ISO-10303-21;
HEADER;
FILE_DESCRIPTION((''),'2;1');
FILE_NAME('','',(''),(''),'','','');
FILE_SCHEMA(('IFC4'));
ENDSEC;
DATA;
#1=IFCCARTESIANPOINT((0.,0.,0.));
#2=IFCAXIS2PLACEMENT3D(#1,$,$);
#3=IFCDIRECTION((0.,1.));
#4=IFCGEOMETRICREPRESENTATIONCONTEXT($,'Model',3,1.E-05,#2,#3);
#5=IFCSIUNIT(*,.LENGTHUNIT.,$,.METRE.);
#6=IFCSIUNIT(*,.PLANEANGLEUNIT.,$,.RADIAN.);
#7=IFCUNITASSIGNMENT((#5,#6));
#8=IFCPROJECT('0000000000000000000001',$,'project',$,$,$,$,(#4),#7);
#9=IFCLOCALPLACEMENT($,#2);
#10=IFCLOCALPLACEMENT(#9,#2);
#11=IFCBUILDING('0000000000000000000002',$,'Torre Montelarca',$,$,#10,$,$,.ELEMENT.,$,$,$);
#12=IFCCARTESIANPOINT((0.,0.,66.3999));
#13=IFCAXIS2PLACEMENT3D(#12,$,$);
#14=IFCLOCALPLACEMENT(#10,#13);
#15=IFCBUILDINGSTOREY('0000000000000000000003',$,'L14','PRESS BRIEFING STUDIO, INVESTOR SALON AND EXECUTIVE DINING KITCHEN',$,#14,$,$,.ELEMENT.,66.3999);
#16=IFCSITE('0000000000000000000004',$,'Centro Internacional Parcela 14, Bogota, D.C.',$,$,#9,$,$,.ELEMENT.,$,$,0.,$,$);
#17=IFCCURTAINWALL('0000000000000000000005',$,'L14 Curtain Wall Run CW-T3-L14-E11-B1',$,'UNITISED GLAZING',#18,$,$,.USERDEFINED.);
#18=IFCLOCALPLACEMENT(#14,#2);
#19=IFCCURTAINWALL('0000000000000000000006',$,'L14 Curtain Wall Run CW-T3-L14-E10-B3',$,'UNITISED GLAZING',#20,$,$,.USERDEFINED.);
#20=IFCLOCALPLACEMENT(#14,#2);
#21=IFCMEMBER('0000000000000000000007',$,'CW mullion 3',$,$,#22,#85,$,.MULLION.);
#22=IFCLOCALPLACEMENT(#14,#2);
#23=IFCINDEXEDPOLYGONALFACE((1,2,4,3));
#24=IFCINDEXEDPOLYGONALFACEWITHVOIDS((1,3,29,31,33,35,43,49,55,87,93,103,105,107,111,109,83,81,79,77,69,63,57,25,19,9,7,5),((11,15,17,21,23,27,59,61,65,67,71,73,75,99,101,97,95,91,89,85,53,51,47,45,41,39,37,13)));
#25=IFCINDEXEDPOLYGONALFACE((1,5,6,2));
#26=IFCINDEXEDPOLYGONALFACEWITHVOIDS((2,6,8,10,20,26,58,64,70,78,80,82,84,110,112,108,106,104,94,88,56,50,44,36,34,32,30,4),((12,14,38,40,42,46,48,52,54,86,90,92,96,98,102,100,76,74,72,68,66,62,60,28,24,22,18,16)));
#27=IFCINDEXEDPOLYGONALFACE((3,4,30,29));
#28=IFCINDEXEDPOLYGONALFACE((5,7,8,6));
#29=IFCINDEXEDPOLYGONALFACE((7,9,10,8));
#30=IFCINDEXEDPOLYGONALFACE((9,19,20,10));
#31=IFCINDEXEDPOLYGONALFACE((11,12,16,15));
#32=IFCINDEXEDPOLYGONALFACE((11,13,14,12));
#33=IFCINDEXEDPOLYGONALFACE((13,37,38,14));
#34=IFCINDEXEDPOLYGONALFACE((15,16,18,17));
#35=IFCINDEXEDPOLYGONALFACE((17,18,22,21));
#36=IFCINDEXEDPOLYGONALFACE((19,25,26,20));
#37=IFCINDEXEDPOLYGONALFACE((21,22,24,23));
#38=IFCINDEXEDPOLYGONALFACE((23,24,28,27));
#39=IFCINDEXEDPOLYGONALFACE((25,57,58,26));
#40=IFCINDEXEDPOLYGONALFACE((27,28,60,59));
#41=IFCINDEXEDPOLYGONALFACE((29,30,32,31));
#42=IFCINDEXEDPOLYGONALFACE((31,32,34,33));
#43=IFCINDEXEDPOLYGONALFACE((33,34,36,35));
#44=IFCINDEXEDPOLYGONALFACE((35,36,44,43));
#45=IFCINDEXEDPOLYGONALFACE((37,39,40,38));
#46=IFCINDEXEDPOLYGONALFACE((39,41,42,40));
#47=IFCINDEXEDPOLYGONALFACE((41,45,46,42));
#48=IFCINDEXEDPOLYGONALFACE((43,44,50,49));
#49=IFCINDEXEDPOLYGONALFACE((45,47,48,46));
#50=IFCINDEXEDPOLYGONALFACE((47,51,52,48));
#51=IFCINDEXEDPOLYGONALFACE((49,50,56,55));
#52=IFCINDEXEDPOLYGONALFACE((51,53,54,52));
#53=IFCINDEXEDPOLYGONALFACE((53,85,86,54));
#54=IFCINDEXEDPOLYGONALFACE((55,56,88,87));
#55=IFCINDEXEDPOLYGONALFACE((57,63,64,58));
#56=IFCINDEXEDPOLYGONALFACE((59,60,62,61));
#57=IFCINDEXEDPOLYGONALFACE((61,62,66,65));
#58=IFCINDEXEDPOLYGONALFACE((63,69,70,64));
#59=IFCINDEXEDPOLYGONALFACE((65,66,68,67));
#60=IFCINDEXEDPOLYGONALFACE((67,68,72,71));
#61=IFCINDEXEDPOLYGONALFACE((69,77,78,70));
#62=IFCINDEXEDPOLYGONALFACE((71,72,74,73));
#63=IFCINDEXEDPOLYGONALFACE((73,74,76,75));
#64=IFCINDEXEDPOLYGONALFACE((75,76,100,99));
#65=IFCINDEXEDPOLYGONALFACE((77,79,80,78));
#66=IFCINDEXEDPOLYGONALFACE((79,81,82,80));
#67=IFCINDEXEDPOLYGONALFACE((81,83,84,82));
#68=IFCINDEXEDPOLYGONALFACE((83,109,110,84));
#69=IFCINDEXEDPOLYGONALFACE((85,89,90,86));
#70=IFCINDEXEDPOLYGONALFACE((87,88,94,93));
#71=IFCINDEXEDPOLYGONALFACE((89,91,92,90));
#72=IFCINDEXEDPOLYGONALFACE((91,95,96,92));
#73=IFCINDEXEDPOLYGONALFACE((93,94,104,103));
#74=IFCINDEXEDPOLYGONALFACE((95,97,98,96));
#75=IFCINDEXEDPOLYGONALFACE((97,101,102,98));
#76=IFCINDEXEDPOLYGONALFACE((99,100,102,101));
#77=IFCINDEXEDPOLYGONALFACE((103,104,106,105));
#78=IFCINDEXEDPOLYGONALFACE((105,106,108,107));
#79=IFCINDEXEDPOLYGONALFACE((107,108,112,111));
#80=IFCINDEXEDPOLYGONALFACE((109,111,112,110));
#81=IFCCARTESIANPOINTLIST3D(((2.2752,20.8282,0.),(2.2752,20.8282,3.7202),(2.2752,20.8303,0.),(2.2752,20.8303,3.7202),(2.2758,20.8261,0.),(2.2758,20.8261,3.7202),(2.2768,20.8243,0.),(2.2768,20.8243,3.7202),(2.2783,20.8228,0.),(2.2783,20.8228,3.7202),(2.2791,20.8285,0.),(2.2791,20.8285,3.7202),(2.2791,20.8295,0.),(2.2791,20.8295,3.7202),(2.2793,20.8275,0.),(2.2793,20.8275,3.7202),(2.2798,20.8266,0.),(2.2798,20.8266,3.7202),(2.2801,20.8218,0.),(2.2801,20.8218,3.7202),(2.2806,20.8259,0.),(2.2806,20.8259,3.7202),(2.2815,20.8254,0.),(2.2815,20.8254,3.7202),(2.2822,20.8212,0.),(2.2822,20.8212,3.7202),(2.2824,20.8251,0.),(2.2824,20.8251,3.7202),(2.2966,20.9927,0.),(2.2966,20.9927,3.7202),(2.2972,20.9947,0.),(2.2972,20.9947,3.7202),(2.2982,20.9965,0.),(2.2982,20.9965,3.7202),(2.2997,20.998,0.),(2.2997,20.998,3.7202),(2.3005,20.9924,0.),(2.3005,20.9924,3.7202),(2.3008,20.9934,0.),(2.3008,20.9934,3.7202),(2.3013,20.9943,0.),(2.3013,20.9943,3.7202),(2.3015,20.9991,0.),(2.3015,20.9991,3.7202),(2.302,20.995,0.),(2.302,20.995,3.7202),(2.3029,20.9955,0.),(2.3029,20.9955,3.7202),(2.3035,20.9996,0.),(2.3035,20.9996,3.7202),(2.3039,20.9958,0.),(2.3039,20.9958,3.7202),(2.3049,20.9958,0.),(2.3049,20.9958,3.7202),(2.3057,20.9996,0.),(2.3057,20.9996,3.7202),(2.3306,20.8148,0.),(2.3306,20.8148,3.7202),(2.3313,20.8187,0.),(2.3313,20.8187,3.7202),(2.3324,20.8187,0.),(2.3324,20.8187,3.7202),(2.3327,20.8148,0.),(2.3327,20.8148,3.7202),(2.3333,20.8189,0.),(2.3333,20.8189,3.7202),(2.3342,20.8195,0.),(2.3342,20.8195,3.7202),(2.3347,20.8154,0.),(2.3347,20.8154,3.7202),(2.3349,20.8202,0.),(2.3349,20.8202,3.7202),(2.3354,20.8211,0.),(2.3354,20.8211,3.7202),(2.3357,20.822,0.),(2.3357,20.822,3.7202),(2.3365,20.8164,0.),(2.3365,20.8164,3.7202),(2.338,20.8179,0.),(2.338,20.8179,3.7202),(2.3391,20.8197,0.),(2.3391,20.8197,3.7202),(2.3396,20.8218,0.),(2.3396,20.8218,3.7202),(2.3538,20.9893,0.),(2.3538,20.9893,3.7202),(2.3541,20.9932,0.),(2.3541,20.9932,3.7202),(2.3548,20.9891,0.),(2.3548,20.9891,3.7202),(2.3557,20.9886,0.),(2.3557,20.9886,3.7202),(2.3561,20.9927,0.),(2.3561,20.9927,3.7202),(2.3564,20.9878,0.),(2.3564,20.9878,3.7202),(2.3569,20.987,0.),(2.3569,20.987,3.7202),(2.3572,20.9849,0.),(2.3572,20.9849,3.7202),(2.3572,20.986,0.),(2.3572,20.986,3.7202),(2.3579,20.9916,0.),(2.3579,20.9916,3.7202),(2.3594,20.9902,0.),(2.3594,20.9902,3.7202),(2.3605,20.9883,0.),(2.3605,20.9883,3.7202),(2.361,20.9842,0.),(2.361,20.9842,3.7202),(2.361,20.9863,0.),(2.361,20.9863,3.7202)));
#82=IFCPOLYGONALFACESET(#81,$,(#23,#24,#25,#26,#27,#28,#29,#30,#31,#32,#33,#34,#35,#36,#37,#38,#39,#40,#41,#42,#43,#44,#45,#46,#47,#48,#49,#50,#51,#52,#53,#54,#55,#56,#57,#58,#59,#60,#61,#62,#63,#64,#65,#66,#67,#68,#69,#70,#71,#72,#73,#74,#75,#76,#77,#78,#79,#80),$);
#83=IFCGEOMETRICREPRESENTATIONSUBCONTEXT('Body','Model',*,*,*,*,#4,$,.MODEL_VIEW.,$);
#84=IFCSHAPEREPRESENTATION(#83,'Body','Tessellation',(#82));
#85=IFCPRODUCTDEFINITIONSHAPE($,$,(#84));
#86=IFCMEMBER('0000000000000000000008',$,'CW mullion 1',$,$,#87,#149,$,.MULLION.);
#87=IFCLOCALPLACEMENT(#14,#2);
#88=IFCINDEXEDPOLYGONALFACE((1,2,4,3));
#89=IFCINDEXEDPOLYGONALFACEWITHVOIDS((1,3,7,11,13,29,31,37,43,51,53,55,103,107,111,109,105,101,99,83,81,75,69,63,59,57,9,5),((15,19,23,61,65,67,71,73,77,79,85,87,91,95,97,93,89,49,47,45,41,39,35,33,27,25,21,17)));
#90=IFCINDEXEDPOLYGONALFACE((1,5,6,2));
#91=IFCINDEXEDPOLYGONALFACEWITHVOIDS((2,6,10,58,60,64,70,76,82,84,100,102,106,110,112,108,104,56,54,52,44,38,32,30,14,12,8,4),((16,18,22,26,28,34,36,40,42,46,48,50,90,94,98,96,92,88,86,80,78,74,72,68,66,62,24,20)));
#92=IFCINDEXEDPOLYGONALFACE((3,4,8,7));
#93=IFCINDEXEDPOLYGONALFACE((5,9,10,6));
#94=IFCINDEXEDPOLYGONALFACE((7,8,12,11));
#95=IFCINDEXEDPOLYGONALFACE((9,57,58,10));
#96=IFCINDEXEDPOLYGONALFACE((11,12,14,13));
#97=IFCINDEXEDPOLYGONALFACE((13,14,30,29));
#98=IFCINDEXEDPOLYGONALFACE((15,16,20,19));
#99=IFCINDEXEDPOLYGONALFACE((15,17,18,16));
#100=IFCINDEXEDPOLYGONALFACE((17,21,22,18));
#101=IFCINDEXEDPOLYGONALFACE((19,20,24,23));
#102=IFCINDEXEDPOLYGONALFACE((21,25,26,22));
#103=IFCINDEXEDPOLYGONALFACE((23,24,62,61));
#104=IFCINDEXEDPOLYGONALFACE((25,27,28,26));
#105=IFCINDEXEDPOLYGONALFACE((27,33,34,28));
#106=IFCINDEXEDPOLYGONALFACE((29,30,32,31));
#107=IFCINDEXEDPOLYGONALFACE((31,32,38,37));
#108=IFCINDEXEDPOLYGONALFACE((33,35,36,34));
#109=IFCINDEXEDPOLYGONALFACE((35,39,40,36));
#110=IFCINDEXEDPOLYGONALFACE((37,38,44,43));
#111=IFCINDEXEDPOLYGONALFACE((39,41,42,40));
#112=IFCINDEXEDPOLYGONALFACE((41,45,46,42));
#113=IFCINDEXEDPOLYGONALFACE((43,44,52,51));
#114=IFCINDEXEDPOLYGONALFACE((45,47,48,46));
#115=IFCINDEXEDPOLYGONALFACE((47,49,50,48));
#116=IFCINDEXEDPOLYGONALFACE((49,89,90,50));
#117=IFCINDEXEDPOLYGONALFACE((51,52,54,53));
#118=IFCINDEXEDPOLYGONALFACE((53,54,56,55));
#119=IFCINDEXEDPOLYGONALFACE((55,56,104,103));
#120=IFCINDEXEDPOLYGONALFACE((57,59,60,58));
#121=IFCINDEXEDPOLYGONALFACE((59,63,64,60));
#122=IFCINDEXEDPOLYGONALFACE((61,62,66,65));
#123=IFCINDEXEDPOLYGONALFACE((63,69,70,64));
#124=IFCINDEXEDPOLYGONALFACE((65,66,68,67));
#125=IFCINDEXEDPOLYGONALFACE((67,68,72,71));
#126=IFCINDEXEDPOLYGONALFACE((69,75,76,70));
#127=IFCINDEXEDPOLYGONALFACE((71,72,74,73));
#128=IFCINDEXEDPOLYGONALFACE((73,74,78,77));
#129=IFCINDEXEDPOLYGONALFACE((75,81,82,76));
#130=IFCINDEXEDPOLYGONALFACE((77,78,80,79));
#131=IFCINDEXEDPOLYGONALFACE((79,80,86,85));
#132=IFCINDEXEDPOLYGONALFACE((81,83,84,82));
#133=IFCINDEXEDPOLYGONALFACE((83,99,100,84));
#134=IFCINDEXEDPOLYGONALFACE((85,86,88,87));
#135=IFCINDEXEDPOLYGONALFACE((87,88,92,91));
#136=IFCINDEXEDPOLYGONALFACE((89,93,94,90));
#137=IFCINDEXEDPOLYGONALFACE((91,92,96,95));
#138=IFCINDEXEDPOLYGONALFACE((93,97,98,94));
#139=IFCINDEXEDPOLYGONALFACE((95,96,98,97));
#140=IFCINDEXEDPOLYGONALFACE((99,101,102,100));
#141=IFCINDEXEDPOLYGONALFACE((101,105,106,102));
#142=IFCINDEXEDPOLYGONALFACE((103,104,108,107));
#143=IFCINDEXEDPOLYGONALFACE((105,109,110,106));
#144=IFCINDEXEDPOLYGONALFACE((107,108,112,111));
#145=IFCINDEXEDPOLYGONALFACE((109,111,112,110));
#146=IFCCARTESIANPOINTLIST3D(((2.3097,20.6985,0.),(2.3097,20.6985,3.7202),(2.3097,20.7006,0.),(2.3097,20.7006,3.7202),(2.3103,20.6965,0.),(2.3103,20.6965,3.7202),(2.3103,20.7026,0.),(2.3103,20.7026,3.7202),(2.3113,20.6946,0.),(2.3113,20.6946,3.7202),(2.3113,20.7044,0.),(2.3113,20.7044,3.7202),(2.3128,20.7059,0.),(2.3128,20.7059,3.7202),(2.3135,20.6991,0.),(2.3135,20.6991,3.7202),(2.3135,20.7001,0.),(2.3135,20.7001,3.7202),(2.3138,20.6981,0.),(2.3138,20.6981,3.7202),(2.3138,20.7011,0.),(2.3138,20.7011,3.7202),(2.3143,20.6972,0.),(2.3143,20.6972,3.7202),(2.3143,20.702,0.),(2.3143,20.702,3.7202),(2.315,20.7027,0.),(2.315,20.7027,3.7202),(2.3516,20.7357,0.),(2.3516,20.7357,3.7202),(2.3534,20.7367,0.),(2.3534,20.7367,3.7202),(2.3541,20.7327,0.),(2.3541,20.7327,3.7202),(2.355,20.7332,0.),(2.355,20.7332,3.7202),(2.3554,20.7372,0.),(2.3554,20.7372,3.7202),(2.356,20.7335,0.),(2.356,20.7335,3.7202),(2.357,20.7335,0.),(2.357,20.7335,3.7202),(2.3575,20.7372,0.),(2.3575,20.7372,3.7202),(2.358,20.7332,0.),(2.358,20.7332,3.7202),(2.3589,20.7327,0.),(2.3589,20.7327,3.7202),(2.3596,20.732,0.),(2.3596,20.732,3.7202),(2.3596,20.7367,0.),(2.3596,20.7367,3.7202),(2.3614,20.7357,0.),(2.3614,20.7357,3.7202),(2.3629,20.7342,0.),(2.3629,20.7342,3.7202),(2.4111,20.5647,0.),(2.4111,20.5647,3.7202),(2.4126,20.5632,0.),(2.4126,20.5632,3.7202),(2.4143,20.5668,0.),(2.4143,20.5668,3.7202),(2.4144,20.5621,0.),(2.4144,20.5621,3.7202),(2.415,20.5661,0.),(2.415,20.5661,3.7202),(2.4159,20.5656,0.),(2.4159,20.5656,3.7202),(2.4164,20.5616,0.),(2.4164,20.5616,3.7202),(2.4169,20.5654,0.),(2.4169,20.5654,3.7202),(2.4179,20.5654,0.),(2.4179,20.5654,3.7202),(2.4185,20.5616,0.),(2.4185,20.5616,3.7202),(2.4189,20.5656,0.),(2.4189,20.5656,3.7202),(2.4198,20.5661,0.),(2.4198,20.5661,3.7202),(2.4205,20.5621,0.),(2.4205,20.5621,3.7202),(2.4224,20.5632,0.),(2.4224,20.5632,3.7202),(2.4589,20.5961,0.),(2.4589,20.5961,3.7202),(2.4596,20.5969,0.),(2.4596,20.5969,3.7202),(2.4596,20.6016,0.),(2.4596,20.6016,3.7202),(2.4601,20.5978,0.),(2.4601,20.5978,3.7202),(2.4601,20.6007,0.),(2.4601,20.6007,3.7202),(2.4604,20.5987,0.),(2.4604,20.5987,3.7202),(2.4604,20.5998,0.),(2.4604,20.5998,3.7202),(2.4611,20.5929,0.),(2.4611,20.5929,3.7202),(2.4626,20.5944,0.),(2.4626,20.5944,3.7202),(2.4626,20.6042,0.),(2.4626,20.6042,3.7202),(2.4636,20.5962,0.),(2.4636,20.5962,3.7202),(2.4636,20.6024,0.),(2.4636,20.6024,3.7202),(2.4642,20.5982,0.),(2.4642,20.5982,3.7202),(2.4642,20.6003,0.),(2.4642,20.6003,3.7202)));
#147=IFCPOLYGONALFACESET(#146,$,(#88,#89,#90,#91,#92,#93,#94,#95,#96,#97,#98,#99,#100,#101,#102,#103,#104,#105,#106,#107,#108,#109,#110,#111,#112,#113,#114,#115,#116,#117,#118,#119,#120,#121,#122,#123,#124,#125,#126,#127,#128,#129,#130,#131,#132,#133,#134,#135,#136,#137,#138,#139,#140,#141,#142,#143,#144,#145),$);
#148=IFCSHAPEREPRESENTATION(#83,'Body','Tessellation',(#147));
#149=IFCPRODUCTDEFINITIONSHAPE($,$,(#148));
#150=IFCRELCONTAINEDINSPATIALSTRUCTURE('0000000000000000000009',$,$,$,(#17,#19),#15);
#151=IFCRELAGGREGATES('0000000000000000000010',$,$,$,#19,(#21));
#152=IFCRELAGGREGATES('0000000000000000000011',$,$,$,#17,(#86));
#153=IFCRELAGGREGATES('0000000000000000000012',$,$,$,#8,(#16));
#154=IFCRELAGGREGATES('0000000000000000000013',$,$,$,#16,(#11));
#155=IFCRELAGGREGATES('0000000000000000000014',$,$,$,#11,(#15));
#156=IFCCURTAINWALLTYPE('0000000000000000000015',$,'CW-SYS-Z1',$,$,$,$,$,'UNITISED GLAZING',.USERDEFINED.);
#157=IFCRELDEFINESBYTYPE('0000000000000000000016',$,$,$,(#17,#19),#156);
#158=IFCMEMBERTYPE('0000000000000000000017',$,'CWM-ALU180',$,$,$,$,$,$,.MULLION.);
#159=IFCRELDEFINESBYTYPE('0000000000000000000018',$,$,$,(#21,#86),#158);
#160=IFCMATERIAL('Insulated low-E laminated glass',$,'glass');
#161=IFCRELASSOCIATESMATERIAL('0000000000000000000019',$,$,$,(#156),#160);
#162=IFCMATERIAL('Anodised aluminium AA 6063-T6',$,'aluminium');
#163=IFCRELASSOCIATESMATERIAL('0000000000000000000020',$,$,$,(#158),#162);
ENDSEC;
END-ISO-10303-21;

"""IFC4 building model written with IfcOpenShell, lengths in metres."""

from ifc_helpers import new_model, si_unit, direction, frame, origin, origin_2d, place, context, subcontext, project, spatial, hollow_rectangle, extrude, source, transform, mapped, material, material_profile, profile_set, type_object, element, aggregate, save


model = new_model("IFC4")

# Units and contexts
model_context = context("Model", 3, precision=1e-05, world=origin(), true_north=direction((0.0, 1.0)))
body_context = subcontext(model_context, "Body", "Model", "MODEL_VIEW")
ifc_project = project(units=[si_unit("LENGTHUNIT", "METRE"), si_unit("PLANEANGLEUNIT", "RADIAN")], contexts=[model_context])

# Site, building, storey
site_placement = place(None, origin())
site = spatial("IfcSite", under=ifc_project, at=site_placement, Name="Centro Internacional Parcela 14, Bogota, D.C.", CompositionType="ELEMENT", RefElevation=0.0)
building_placement = place(site_placement, origin())
building = spatial("IfcBuilding", under=site, at=building_placement, Name="Torre Montelarca", CompositionType="ELEMENT")
storey_placement = place(building_placement, frame((0.0, 0.0, 66.3999)))
storey = spatial("IfcBuildingStorey", under=building, at=storey_placement, Name="L14", Description="PRESS BRIEFING STUDIO, INVESTOR SALON AND EXECUTIVE DINING KITCHEN", CompositionType="ELEMENT", Elevation=66.3999)

# Curtain walls, member
ifc_material_1 = material(Name="Insulated low-E laminated glass", Category="glass")
curtain_wall_type = type_object("IfcCurtainWallType", Name="CW-SYS-Z1", ElementType="UNITISED GLAZING", PredefinedType="USERDEFINED", material=ifc_material_1)
curtain_wall_1_placement = place(storey_placement, origin())
curtain_wall_1 = element("IfcCurtainWall", 1, at=curtain_wall_1_placement, inside=storey, type_object=curtain_wall_type, Name="L14 Curtain Wall Run CW-T3-L14-E11-B1", ObjectType="UNITISED GLAZING", PredefinedType="USERDEFINED")
ifc_material_2 = material(Name="Anodised aluminium AA 6063-T6", Category="aluminium")
curtain_wall_2_placement = place(storey_placement, origin())
curtain_wall_2 = element("IfcCurtainWall", 2, at=curtain_wall_2_placement, inside=storey, type_object=curtain_wall_type, Name="L14 Curtain Wall Run CW-T3-L14-E10-B3", ObjectType="UNITISED GLAZING", PredefinedType="USERDEFINED")
ifc_material_profile_1 = material_profile(ifc_material_2, hollow_rectangle(XDim=0.0649, YDim=0.1799, WallThickness=0.0039, InnerFilletRadius=0.0039, OuterFilletRadius=0.0081, at=origin_2d()), Name="ALU65X180X4", Category="aluminium")
ifc_profile_set_1 = profile_set([ifc_material_profile_1], Name="Anodised aluminium AA 6063-T6")
member_type_1 = type_object("IfcMemberType", Name="CWM-ALU180", PredefinedType="MULLION", material=ifc_profile_set_1)
shared_shape_1 = source(origin(), body_context, "Body", "SweptSolid", [
    extrude(hollow_rectangle(XDim=0.0649, YDim=0.1799, WallThickness=0.0039, InnerFilletRadius=0.0039, OuterFilletRadius=0.0081, at=origin_2d()), origin(), (0.0, 0.0, 1.0), 3.7202),
])
member_1_placement = place(storey_placement, frame((2.3181, 20.9072, 0.0), z_axis=(0.0, 0.0, 1.0), x_axis=(0.991447, -0.130508, 0.0)))
member_1 = element("IfcMember", 3, at=member_1_placement, type_object=member_type_1, Name="CW mullion 3", PredefinedType="MULLION", context=body_context, shape_type="MappedRepresentation", body=[
    mapped(shared_shape_1, transform((0.0, 0.0, 0.0), scale=1.0)),
])

# Member
member_2_placement = place(storey_placement, frame((2.387, 20.6494, 0.0), z_axis=(0.0, 0.0, 1.0), x_axis=(0.793356, 0.608759, 0.0)))
member_2 = element("IfcMember", 4, at=member_2_placement, type_object=member_type_1, Name="CW mullion 1", PredefinedType="MULLION", context=body_context, shape_type="MappedRepresentation", body=[
    mapped(shared_shape_1, transform((0.0, 0.0, 0.0), scale=1.0)),
])

aggregate(curtain_wall_2, [member_1])
aggregate(curtain_wall_1, [member_2])

save(model, "model.ifc")
